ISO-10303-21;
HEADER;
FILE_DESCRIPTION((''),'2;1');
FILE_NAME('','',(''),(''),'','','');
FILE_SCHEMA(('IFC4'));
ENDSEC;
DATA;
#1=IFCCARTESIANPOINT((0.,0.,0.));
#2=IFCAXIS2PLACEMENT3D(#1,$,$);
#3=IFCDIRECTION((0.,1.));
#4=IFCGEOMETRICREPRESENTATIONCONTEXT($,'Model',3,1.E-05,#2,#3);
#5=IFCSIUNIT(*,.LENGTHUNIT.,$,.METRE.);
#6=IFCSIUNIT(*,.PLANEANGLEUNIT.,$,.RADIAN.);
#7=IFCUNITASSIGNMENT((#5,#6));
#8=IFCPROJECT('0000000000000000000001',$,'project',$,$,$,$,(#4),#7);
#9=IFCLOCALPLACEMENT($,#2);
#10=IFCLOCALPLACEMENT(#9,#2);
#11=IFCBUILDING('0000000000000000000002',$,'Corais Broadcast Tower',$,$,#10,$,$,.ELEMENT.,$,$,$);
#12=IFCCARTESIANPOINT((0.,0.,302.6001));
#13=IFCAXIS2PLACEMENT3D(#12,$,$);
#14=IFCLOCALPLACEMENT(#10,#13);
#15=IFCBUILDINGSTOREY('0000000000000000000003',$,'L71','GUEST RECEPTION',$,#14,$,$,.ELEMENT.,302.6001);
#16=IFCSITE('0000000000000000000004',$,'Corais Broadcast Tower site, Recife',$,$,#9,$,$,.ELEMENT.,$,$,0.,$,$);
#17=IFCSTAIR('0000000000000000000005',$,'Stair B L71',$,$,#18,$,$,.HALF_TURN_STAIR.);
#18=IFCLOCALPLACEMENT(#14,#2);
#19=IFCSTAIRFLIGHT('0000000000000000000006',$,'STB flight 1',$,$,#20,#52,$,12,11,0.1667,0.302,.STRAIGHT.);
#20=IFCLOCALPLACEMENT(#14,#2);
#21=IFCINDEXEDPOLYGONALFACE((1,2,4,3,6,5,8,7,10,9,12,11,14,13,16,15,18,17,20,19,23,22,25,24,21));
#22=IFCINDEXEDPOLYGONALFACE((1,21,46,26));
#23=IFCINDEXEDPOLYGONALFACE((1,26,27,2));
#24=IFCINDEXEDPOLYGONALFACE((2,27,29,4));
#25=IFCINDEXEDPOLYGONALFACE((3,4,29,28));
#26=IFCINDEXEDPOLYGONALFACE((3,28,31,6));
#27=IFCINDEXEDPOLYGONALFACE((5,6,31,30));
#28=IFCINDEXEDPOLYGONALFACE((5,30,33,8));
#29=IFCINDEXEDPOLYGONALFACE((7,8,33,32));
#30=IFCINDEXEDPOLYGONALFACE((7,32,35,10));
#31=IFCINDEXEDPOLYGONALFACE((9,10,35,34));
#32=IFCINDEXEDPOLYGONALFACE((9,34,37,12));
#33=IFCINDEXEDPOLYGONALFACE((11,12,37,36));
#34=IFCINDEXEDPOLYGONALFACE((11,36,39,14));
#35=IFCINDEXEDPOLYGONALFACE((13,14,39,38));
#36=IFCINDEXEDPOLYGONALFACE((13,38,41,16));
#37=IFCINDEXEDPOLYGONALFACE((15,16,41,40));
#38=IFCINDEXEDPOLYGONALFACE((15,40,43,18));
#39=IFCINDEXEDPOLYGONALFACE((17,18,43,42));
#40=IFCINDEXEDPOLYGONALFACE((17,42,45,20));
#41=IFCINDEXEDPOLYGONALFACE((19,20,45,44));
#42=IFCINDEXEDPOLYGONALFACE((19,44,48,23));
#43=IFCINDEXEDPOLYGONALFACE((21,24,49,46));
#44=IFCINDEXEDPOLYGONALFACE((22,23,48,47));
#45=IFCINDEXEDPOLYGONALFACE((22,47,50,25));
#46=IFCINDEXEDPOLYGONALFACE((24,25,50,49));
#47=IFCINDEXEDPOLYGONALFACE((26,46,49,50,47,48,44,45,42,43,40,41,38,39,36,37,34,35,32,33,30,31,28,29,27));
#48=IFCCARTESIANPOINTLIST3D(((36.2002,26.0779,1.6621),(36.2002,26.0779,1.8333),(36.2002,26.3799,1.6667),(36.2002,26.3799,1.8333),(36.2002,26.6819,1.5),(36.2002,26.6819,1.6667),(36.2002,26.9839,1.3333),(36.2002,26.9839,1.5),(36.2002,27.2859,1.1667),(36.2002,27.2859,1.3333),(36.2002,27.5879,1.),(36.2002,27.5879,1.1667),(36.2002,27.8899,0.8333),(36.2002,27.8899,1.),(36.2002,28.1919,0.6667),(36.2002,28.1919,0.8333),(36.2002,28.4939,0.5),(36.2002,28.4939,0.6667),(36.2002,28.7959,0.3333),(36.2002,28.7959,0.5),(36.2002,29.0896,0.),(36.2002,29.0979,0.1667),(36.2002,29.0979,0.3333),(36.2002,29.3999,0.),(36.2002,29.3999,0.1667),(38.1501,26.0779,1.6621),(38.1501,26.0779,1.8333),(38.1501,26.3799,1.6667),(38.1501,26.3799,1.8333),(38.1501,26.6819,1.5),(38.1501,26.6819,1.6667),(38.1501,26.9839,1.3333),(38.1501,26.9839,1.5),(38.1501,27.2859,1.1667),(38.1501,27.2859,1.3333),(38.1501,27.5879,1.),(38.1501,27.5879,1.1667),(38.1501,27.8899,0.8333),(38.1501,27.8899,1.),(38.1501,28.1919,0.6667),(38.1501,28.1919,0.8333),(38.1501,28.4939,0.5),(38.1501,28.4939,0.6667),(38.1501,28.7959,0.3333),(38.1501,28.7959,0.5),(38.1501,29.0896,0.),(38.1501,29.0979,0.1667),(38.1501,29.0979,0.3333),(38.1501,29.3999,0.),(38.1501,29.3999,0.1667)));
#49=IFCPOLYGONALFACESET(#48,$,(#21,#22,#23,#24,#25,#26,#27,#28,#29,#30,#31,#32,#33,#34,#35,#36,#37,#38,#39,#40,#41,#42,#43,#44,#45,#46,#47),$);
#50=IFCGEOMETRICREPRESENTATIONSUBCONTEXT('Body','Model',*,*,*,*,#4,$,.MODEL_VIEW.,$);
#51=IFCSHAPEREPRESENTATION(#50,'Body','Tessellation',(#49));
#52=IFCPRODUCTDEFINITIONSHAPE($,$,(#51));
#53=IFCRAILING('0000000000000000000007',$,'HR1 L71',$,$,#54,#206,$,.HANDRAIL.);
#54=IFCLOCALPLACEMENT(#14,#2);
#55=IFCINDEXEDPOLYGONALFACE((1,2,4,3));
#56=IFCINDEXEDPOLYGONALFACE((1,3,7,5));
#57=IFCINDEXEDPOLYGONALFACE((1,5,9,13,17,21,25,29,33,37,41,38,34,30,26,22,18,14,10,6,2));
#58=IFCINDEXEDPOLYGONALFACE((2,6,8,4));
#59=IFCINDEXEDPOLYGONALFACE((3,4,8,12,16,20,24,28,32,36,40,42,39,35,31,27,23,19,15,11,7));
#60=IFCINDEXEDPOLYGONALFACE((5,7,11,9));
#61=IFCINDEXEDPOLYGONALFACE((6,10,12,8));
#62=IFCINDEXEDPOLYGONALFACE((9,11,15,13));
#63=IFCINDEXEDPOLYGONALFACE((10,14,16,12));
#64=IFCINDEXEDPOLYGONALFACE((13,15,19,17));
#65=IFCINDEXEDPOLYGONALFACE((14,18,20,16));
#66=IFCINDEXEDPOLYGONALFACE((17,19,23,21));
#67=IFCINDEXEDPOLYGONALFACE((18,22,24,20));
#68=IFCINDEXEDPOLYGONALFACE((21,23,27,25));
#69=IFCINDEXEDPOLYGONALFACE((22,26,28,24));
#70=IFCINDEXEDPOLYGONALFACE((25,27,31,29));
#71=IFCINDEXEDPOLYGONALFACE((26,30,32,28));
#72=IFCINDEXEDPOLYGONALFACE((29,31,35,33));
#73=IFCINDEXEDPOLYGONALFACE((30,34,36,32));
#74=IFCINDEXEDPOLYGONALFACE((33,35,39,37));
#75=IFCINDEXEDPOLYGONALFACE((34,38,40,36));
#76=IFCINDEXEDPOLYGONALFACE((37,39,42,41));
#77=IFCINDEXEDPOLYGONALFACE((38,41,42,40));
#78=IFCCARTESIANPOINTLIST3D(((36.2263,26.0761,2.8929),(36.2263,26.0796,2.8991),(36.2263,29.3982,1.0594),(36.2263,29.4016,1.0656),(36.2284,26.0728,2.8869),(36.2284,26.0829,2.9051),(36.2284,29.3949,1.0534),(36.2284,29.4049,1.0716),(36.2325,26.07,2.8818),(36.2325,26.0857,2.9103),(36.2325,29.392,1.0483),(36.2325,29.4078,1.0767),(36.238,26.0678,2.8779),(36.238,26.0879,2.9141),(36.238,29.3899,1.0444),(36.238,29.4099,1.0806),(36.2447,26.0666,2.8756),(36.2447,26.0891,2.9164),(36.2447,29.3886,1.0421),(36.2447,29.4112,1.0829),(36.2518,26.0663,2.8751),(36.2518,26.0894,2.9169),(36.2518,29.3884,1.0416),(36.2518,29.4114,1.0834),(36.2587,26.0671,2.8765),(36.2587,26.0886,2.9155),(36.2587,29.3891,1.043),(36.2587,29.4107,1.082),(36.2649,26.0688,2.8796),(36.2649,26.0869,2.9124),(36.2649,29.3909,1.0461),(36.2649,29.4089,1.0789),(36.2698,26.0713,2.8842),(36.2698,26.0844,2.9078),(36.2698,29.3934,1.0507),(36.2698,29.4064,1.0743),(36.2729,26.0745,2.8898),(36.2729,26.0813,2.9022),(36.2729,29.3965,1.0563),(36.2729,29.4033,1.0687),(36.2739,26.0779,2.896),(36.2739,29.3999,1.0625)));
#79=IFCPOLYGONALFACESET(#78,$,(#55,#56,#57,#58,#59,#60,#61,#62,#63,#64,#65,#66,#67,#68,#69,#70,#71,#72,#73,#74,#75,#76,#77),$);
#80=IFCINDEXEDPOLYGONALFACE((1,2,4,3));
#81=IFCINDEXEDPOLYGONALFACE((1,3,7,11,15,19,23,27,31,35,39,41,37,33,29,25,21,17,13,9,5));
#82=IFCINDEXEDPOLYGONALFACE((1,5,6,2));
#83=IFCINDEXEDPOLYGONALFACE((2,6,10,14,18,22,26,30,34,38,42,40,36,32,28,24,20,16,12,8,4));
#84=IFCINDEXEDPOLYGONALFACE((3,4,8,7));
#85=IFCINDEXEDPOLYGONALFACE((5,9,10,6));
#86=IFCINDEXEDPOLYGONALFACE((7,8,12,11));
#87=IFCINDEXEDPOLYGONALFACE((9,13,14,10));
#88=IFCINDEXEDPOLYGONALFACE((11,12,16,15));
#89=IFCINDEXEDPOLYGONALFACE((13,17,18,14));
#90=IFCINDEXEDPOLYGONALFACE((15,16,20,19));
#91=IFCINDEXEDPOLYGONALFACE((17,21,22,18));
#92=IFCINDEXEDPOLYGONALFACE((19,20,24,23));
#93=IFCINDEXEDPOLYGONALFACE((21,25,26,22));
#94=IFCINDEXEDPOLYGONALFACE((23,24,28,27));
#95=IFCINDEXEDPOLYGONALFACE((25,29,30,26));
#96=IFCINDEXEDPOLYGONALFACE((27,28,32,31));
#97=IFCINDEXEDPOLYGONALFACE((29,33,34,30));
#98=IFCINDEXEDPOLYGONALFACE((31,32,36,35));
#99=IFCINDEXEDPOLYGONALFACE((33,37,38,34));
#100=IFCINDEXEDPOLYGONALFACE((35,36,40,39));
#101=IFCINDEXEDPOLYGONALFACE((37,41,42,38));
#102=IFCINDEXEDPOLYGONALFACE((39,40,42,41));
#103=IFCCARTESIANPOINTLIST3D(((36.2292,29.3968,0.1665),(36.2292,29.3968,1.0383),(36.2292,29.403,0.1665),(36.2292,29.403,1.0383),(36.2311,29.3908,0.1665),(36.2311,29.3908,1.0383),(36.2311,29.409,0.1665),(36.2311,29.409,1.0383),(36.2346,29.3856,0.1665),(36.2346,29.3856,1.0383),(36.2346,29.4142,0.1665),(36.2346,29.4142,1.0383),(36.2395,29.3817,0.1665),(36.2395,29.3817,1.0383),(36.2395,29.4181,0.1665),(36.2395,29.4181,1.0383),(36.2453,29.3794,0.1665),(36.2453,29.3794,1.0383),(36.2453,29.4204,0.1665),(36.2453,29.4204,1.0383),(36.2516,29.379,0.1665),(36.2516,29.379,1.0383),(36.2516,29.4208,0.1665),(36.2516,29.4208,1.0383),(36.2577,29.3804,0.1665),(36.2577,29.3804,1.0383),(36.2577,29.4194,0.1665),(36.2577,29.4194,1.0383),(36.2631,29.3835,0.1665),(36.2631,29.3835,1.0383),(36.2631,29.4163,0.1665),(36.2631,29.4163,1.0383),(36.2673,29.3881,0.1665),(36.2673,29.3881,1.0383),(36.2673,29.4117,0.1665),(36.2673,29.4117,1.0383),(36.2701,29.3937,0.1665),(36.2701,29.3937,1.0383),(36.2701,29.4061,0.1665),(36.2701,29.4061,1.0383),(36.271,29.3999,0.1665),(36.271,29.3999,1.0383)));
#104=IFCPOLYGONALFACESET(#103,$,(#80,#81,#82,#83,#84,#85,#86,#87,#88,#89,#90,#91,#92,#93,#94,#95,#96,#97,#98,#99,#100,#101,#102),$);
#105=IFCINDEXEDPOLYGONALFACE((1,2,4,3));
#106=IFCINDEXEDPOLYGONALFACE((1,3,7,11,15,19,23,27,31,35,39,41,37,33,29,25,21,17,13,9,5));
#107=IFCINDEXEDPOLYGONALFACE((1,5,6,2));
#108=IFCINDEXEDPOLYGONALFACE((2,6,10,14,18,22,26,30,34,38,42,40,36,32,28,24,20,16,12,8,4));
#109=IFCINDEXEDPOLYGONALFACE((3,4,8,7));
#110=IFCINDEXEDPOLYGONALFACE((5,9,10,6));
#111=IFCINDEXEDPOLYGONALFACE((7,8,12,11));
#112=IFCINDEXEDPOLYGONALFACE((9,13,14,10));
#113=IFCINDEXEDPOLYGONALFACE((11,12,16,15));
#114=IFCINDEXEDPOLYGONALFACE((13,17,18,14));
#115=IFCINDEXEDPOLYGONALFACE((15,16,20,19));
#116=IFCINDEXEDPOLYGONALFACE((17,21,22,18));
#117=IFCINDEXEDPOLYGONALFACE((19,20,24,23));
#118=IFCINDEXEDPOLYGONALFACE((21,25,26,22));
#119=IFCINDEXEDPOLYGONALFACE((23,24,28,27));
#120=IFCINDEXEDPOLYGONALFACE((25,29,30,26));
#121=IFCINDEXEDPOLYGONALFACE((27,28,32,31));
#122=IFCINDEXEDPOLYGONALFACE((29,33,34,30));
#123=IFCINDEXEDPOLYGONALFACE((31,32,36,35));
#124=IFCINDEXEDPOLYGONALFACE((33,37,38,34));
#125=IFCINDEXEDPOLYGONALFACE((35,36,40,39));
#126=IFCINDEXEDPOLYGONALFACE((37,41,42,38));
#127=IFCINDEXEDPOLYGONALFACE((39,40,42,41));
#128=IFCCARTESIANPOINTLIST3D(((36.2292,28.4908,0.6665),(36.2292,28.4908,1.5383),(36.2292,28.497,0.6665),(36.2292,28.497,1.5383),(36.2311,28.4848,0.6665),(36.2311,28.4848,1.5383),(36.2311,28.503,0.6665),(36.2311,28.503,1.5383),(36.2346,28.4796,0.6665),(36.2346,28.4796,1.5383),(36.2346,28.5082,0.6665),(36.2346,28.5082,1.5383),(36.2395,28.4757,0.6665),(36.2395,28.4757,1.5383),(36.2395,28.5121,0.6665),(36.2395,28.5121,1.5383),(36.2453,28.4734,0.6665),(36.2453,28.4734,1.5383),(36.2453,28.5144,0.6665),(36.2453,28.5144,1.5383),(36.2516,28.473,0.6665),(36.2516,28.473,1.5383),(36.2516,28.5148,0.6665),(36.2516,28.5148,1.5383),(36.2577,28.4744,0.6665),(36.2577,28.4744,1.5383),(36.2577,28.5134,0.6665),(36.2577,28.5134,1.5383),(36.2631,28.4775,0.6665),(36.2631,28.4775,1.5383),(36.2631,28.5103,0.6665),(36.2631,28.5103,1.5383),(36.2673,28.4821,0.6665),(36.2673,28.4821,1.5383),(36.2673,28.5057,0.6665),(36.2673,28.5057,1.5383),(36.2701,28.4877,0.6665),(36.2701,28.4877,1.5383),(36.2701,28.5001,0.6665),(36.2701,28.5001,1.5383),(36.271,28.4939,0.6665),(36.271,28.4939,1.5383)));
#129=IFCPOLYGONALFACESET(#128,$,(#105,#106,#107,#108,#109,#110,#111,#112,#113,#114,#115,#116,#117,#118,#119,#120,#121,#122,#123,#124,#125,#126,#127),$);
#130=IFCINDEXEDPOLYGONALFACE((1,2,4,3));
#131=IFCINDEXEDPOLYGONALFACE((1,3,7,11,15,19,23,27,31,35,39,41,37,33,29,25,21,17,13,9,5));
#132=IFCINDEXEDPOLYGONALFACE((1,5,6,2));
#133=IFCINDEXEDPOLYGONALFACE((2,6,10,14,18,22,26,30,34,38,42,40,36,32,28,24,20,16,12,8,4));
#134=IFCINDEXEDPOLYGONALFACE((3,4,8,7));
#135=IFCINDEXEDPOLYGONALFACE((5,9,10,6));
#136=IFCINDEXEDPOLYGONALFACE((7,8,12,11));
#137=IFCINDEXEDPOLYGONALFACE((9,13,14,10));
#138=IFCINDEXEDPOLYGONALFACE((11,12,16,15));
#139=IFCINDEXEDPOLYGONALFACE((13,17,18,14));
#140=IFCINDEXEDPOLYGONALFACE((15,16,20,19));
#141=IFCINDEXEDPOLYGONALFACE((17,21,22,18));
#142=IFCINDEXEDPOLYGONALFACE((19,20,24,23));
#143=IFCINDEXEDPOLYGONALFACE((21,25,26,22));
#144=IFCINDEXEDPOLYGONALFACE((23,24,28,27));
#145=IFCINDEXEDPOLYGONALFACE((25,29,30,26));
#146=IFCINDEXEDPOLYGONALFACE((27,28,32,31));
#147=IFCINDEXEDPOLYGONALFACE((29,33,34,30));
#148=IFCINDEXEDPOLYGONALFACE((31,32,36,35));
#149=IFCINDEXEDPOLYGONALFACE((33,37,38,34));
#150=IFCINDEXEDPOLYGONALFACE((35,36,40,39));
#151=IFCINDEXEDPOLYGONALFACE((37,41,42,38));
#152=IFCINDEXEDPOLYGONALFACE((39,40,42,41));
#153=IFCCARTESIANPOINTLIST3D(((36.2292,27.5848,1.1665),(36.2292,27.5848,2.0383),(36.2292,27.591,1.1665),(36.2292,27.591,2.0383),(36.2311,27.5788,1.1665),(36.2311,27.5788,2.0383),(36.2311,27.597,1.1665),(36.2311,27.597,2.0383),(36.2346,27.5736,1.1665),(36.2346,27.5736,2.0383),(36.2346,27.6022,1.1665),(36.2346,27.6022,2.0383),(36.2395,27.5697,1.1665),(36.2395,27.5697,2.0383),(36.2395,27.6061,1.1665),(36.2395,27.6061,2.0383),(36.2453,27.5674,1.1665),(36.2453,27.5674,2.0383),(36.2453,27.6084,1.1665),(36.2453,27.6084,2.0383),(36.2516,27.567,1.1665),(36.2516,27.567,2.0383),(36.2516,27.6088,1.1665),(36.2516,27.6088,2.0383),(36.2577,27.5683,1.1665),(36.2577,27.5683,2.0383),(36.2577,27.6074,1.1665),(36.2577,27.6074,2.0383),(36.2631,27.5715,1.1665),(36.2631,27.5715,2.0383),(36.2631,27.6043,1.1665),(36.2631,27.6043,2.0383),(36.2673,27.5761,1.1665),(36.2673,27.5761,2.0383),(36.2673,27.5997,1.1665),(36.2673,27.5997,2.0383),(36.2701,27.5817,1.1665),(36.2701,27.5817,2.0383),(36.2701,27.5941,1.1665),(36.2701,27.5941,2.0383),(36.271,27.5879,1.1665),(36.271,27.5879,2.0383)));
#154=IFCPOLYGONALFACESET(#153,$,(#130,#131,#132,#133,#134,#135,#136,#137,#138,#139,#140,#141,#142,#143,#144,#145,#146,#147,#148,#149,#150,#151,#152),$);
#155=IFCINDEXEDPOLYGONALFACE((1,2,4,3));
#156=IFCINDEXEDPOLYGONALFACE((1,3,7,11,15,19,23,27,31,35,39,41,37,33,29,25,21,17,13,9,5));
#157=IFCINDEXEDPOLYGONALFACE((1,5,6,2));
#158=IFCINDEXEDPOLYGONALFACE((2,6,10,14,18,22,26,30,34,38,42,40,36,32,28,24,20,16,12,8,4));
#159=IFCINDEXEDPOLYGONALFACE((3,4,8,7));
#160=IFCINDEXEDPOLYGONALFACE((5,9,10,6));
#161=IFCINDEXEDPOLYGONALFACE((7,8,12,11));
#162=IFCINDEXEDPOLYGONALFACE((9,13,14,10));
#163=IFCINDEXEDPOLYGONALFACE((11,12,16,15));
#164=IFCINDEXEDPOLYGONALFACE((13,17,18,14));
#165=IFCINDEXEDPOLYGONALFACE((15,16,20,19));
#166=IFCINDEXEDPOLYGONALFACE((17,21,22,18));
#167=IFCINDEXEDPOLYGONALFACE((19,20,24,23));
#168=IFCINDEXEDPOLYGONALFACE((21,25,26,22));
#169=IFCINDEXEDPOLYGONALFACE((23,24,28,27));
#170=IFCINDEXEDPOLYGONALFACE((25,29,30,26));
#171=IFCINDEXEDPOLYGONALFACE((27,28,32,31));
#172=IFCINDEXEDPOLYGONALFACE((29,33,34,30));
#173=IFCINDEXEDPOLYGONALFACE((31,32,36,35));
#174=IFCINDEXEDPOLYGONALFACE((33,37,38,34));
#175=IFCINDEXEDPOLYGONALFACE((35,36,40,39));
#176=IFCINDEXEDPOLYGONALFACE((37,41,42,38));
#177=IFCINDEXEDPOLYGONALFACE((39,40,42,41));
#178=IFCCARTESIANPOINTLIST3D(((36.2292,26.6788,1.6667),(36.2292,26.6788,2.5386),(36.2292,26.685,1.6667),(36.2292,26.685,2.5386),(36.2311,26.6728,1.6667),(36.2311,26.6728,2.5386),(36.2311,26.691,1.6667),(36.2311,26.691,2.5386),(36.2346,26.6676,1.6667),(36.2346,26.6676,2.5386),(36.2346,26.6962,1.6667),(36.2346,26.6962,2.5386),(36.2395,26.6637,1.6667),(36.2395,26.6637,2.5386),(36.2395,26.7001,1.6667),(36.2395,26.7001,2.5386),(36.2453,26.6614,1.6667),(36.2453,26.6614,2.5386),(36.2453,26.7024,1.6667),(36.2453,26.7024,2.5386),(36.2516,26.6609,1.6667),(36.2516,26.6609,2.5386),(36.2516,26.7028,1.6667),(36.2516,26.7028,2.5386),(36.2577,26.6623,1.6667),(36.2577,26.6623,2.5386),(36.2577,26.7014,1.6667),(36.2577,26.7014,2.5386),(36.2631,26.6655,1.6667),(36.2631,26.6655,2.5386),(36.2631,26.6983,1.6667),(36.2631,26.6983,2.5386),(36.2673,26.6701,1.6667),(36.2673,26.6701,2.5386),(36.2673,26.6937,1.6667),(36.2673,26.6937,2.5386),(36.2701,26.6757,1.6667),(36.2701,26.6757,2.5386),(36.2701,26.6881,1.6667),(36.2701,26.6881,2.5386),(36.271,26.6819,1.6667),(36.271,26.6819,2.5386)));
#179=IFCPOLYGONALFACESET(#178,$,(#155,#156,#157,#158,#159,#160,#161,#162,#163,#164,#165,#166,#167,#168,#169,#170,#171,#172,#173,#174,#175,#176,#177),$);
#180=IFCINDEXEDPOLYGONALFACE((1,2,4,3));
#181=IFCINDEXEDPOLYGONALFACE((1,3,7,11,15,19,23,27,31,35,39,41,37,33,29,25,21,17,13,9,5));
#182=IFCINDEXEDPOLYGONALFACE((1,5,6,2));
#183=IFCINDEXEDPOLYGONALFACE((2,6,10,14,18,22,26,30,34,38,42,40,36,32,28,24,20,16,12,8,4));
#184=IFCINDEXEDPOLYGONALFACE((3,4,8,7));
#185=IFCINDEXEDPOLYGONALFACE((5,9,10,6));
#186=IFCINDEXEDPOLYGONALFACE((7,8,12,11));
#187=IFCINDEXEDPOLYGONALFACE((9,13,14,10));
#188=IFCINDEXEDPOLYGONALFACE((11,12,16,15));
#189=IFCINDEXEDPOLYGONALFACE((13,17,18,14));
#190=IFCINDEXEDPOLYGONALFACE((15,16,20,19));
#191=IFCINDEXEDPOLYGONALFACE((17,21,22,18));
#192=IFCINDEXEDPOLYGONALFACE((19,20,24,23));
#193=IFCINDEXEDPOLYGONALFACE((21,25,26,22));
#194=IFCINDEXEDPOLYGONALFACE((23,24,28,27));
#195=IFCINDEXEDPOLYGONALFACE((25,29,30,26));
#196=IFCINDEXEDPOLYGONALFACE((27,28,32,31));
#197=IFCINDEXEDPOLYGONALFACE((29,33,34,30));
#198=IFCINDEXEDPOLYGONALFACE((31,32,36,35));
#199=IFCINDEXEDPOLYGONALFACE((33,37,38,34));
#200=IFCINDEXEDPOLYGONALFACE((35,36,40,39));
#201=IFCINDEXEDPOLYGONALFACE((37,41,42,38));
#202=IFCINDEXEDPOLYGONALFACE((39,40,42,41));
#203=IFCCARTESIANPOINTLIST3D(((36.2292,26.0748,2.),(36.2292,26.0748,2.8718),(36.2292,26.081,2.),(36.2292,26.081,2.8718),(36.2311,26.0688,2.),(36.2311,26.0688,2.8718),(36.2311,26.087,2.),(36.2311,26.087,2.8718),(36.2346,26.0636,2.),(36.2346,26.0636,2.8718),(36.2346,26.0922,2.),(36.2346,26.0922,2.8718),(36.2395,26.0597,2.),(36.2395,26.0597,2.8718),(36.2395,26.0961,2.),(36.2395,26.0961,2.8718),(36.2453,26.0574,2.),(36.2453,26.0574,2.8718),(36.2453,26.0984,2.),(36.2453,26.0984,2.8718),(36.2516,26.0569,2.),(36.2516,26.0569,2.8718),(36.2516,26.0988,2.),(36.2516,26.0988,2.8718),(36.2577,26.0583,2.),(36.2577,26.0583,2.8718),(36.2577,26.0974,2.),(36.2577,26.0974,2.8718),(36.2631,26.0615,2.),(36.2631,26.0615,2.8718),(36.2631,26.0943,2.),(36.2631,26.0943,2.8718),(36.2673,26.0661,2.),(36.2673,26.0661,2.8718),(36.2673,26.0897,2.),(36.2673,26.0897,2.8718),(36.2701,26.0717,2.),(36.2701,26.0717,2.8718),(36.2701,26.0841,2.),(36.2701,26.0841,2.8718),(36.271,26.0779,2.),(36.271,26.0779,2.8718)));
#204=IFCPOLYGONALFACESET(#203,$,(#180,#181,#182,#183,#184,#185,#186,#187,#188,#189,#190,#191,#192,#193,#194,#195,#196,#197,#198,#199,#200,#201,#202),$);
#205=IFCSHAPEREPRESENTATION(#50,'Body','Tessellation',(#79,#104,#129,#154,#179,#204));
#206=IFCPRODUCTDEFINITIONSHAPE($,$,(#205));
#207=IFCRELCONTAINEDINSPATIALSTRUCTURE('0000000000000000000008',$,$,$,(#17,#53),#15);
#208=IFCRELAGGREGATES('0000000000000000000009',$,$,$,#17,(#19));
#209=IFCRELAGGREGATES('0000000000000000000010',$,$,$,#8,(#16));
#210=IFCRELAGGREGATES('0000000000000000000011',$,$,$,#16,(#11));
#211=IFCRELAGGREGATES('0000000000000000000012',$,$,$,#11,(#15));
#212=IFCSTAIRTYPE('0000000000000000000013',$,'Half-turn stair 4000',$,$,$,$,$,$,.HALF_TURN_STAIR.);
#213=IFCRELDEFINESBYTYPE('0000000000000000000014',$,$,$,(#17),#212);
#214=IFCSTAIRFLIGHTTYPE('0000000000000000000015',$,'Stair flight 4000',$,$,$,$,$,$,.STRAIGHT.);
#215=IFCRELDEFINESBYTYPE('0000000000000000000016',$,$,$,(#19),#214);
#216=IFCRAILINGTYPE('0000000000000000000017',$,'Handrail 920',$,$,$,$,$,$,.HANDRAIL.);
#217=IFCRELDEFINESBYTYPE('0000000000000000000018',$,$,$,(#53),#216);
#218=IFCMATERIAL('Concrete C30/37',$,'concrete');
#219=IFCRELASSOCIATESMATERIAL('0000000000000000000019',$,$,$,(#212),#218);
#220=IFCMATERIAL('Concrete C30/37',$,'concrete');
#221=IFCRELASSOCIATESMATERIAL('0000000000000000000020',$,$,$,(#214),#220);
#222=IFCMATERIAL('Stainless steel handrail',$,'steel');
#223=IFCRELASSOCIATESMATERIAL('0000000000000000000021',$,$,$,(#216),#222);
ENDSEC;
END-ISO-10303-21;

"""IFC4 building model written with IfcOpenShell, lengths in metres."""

from ifc_helpers import new_model, si_unit, direction, frame, origin, origin_2d, place, context, subcontext, project, spatial, polyline, circle, outline, extrude, material, type_object, element, aggregate, save


model = new_model("IFC4")

# Units and contexts
model_context = context("Model", 3, precision=1e-05, world=origin(), true_north=direction((0.0, 1.0)))
body_context = subcontext(model_context, "Body", "Model", "MODEL_VIEW")
ifc_project = project(units=[si_unit("LENGTHUNIT", "METRE"), si_unit("PLANEANGLEUNIT", "RADIAN")], contexts=[model_context])

# Site, building, storey
site_placement = place(None, origin())
site = spatial("IfcSite", under=ifc_project, at=site_placement, Name="Corais Broadcast Tower site, Recife", CompositionType="ELEMENT", RefElevation=0.0)
building_placement = place(site_placement, origin())
building = spatial("IfcBuilding", under=site, at=building_placement, Name="Corais Broadcast Tower", CompositionType="ELEMENT")
storey_placement = place(building_placement, frame((0.0, 0.0, 302.6001)))
storey = spatial("IfcBuildingStorey", under=building, at=storey_placement, Name="L71", Description="GUEST RECEPTION", CompositionType="ELEMENT", Elevation=302.6001)

# Stair, stair flight
ifc_material_1 = material(Name="Concrete C30/37", Category="concrete")
stair_type = type_object("IfcStairType", Name="Half-turn stair 4000", PredefinedType="HALF_TURN_STAIR", material=ifc_material_1)
stair_placement = place(storey_placement, origin())
stair = element("IfcStair", 1, at=stair_placement, inside=storey, type_object=stair_type, Name="Stair B L71", PredefinedType="HALF_TURN_STAIR")
ifc_material_2 = material(Name="Concrete C30/37", Category="concrete")
stair_flight_type = type_object("IfcStairFlightType", Name="Stair flight 4000", PredefinedType="STRAIGHT", material=ifc_material_2)
stair_flight_placement = place(storey_placement, frame((37.175, 29.3999, 0.0), z_axis=(0.0, 0.0, 1.0), x_axis=(0.0, -1.0, 0.0)))
stair_flight = element("IfcStairFlight", 2, at=stair_flight_placement, type_object=stair_flight_type, Name="STB flight 1", NumberOfRisers=12, NumberOfTreads=11, PredefinedType="STRAIGHT", RiserHeight=0.1667, TreadLength=0.302, context=body_context, shape_type="SweptSolid", body=[
    extrude(outline(polyline([(0.0, 0.0), (0.0, 0.1667), (0.302, 0.1667), (0.302, 0.3333), (0.604, 0.3333), (0.604, 0.5), (0.906, 0.5), (0.906, 0.6667), (1.208, 0.6667), (1.208, 0.8333), (1.51, 0.8333), (1.51, 1.0), (1.812, 1.0), (1.812, 1.1667), (2.114, 1.1667), (2.114, 1.3333), (2.416, 1.3333), (2.416, 1.5), (2.718, 1.5), (2.718, 1.6667), (3.02, 1.6667), (3.02, 1.8333), (3.322, 1.8333), (3.322, 2.0), (3.322, 1.6621), (0.3103, 0.0), (0.0, 0.0)])), frame((0.0, 0.9751, 0.0), z_axis=(0.0, -1.0, 0.0), x_axis=(1.0, 0.0, 0.0)), (0.0, 0.0, 1.0), 1.95),
])
aggregate(stair, [stair_flight])

# Railing
ifc_material_3 = material(Name="Stainless steel handrail", Category="steel")
railing_type = type_object("IfcRailingType", Name="Handrail 920", PredefinedType="HANDRAIL", material=ifc_material_3)
for number, where, name in (
    (3, (36.25, 29.3999, 0.1665), "HR1 L71"),
):
    element("IfcRailing", number, at=place(storey_placement, frame(where)), inside=storey, type_object=railing_type, Name=name, PredefinedType="HANDRAIL", context=body_context, shape_type="SweptSolid", body=[
        extrude(circle(Radius=0.0239, at=origin_2d()), frame((0.0, 0.0, 0.896), z_axis=(0.0, -0.875504, 0.48321), x_axis=(1.0, 0.0, 0.0)), (0.0, 0.0, 1.0), 3.7944),
        extrude(circle(Radius=0.021, at=origin_2d()), origin(), (0.0, 0.0, 1.0), 0.8718),
        extrude(circle(Radius=0.021, at=origin_2d()), frame((0.0, -0.906, 0.5)), (0.0, 0.0, 1.0), 0.8718),
        extrude(circle(Radius=0.021, at=origin_2d()), frame((0.0, -1.812, 1.0)), (0.0, 0.0, 1.0), 0.8718),
        extrude(circle(Radius=0.021, at=origin_2d()), frame((0.0, -2.718, 1.5002)), (0.0, 0.0, 1.0), 0.8718),
        extrude(circle(Radius=0.021, at=origin_2d()), frame((0.0, -3.322, 1.8335)), (0.0, 0.0, 1.0), 0.8718),
    ])

save(model, "model.ifc")
